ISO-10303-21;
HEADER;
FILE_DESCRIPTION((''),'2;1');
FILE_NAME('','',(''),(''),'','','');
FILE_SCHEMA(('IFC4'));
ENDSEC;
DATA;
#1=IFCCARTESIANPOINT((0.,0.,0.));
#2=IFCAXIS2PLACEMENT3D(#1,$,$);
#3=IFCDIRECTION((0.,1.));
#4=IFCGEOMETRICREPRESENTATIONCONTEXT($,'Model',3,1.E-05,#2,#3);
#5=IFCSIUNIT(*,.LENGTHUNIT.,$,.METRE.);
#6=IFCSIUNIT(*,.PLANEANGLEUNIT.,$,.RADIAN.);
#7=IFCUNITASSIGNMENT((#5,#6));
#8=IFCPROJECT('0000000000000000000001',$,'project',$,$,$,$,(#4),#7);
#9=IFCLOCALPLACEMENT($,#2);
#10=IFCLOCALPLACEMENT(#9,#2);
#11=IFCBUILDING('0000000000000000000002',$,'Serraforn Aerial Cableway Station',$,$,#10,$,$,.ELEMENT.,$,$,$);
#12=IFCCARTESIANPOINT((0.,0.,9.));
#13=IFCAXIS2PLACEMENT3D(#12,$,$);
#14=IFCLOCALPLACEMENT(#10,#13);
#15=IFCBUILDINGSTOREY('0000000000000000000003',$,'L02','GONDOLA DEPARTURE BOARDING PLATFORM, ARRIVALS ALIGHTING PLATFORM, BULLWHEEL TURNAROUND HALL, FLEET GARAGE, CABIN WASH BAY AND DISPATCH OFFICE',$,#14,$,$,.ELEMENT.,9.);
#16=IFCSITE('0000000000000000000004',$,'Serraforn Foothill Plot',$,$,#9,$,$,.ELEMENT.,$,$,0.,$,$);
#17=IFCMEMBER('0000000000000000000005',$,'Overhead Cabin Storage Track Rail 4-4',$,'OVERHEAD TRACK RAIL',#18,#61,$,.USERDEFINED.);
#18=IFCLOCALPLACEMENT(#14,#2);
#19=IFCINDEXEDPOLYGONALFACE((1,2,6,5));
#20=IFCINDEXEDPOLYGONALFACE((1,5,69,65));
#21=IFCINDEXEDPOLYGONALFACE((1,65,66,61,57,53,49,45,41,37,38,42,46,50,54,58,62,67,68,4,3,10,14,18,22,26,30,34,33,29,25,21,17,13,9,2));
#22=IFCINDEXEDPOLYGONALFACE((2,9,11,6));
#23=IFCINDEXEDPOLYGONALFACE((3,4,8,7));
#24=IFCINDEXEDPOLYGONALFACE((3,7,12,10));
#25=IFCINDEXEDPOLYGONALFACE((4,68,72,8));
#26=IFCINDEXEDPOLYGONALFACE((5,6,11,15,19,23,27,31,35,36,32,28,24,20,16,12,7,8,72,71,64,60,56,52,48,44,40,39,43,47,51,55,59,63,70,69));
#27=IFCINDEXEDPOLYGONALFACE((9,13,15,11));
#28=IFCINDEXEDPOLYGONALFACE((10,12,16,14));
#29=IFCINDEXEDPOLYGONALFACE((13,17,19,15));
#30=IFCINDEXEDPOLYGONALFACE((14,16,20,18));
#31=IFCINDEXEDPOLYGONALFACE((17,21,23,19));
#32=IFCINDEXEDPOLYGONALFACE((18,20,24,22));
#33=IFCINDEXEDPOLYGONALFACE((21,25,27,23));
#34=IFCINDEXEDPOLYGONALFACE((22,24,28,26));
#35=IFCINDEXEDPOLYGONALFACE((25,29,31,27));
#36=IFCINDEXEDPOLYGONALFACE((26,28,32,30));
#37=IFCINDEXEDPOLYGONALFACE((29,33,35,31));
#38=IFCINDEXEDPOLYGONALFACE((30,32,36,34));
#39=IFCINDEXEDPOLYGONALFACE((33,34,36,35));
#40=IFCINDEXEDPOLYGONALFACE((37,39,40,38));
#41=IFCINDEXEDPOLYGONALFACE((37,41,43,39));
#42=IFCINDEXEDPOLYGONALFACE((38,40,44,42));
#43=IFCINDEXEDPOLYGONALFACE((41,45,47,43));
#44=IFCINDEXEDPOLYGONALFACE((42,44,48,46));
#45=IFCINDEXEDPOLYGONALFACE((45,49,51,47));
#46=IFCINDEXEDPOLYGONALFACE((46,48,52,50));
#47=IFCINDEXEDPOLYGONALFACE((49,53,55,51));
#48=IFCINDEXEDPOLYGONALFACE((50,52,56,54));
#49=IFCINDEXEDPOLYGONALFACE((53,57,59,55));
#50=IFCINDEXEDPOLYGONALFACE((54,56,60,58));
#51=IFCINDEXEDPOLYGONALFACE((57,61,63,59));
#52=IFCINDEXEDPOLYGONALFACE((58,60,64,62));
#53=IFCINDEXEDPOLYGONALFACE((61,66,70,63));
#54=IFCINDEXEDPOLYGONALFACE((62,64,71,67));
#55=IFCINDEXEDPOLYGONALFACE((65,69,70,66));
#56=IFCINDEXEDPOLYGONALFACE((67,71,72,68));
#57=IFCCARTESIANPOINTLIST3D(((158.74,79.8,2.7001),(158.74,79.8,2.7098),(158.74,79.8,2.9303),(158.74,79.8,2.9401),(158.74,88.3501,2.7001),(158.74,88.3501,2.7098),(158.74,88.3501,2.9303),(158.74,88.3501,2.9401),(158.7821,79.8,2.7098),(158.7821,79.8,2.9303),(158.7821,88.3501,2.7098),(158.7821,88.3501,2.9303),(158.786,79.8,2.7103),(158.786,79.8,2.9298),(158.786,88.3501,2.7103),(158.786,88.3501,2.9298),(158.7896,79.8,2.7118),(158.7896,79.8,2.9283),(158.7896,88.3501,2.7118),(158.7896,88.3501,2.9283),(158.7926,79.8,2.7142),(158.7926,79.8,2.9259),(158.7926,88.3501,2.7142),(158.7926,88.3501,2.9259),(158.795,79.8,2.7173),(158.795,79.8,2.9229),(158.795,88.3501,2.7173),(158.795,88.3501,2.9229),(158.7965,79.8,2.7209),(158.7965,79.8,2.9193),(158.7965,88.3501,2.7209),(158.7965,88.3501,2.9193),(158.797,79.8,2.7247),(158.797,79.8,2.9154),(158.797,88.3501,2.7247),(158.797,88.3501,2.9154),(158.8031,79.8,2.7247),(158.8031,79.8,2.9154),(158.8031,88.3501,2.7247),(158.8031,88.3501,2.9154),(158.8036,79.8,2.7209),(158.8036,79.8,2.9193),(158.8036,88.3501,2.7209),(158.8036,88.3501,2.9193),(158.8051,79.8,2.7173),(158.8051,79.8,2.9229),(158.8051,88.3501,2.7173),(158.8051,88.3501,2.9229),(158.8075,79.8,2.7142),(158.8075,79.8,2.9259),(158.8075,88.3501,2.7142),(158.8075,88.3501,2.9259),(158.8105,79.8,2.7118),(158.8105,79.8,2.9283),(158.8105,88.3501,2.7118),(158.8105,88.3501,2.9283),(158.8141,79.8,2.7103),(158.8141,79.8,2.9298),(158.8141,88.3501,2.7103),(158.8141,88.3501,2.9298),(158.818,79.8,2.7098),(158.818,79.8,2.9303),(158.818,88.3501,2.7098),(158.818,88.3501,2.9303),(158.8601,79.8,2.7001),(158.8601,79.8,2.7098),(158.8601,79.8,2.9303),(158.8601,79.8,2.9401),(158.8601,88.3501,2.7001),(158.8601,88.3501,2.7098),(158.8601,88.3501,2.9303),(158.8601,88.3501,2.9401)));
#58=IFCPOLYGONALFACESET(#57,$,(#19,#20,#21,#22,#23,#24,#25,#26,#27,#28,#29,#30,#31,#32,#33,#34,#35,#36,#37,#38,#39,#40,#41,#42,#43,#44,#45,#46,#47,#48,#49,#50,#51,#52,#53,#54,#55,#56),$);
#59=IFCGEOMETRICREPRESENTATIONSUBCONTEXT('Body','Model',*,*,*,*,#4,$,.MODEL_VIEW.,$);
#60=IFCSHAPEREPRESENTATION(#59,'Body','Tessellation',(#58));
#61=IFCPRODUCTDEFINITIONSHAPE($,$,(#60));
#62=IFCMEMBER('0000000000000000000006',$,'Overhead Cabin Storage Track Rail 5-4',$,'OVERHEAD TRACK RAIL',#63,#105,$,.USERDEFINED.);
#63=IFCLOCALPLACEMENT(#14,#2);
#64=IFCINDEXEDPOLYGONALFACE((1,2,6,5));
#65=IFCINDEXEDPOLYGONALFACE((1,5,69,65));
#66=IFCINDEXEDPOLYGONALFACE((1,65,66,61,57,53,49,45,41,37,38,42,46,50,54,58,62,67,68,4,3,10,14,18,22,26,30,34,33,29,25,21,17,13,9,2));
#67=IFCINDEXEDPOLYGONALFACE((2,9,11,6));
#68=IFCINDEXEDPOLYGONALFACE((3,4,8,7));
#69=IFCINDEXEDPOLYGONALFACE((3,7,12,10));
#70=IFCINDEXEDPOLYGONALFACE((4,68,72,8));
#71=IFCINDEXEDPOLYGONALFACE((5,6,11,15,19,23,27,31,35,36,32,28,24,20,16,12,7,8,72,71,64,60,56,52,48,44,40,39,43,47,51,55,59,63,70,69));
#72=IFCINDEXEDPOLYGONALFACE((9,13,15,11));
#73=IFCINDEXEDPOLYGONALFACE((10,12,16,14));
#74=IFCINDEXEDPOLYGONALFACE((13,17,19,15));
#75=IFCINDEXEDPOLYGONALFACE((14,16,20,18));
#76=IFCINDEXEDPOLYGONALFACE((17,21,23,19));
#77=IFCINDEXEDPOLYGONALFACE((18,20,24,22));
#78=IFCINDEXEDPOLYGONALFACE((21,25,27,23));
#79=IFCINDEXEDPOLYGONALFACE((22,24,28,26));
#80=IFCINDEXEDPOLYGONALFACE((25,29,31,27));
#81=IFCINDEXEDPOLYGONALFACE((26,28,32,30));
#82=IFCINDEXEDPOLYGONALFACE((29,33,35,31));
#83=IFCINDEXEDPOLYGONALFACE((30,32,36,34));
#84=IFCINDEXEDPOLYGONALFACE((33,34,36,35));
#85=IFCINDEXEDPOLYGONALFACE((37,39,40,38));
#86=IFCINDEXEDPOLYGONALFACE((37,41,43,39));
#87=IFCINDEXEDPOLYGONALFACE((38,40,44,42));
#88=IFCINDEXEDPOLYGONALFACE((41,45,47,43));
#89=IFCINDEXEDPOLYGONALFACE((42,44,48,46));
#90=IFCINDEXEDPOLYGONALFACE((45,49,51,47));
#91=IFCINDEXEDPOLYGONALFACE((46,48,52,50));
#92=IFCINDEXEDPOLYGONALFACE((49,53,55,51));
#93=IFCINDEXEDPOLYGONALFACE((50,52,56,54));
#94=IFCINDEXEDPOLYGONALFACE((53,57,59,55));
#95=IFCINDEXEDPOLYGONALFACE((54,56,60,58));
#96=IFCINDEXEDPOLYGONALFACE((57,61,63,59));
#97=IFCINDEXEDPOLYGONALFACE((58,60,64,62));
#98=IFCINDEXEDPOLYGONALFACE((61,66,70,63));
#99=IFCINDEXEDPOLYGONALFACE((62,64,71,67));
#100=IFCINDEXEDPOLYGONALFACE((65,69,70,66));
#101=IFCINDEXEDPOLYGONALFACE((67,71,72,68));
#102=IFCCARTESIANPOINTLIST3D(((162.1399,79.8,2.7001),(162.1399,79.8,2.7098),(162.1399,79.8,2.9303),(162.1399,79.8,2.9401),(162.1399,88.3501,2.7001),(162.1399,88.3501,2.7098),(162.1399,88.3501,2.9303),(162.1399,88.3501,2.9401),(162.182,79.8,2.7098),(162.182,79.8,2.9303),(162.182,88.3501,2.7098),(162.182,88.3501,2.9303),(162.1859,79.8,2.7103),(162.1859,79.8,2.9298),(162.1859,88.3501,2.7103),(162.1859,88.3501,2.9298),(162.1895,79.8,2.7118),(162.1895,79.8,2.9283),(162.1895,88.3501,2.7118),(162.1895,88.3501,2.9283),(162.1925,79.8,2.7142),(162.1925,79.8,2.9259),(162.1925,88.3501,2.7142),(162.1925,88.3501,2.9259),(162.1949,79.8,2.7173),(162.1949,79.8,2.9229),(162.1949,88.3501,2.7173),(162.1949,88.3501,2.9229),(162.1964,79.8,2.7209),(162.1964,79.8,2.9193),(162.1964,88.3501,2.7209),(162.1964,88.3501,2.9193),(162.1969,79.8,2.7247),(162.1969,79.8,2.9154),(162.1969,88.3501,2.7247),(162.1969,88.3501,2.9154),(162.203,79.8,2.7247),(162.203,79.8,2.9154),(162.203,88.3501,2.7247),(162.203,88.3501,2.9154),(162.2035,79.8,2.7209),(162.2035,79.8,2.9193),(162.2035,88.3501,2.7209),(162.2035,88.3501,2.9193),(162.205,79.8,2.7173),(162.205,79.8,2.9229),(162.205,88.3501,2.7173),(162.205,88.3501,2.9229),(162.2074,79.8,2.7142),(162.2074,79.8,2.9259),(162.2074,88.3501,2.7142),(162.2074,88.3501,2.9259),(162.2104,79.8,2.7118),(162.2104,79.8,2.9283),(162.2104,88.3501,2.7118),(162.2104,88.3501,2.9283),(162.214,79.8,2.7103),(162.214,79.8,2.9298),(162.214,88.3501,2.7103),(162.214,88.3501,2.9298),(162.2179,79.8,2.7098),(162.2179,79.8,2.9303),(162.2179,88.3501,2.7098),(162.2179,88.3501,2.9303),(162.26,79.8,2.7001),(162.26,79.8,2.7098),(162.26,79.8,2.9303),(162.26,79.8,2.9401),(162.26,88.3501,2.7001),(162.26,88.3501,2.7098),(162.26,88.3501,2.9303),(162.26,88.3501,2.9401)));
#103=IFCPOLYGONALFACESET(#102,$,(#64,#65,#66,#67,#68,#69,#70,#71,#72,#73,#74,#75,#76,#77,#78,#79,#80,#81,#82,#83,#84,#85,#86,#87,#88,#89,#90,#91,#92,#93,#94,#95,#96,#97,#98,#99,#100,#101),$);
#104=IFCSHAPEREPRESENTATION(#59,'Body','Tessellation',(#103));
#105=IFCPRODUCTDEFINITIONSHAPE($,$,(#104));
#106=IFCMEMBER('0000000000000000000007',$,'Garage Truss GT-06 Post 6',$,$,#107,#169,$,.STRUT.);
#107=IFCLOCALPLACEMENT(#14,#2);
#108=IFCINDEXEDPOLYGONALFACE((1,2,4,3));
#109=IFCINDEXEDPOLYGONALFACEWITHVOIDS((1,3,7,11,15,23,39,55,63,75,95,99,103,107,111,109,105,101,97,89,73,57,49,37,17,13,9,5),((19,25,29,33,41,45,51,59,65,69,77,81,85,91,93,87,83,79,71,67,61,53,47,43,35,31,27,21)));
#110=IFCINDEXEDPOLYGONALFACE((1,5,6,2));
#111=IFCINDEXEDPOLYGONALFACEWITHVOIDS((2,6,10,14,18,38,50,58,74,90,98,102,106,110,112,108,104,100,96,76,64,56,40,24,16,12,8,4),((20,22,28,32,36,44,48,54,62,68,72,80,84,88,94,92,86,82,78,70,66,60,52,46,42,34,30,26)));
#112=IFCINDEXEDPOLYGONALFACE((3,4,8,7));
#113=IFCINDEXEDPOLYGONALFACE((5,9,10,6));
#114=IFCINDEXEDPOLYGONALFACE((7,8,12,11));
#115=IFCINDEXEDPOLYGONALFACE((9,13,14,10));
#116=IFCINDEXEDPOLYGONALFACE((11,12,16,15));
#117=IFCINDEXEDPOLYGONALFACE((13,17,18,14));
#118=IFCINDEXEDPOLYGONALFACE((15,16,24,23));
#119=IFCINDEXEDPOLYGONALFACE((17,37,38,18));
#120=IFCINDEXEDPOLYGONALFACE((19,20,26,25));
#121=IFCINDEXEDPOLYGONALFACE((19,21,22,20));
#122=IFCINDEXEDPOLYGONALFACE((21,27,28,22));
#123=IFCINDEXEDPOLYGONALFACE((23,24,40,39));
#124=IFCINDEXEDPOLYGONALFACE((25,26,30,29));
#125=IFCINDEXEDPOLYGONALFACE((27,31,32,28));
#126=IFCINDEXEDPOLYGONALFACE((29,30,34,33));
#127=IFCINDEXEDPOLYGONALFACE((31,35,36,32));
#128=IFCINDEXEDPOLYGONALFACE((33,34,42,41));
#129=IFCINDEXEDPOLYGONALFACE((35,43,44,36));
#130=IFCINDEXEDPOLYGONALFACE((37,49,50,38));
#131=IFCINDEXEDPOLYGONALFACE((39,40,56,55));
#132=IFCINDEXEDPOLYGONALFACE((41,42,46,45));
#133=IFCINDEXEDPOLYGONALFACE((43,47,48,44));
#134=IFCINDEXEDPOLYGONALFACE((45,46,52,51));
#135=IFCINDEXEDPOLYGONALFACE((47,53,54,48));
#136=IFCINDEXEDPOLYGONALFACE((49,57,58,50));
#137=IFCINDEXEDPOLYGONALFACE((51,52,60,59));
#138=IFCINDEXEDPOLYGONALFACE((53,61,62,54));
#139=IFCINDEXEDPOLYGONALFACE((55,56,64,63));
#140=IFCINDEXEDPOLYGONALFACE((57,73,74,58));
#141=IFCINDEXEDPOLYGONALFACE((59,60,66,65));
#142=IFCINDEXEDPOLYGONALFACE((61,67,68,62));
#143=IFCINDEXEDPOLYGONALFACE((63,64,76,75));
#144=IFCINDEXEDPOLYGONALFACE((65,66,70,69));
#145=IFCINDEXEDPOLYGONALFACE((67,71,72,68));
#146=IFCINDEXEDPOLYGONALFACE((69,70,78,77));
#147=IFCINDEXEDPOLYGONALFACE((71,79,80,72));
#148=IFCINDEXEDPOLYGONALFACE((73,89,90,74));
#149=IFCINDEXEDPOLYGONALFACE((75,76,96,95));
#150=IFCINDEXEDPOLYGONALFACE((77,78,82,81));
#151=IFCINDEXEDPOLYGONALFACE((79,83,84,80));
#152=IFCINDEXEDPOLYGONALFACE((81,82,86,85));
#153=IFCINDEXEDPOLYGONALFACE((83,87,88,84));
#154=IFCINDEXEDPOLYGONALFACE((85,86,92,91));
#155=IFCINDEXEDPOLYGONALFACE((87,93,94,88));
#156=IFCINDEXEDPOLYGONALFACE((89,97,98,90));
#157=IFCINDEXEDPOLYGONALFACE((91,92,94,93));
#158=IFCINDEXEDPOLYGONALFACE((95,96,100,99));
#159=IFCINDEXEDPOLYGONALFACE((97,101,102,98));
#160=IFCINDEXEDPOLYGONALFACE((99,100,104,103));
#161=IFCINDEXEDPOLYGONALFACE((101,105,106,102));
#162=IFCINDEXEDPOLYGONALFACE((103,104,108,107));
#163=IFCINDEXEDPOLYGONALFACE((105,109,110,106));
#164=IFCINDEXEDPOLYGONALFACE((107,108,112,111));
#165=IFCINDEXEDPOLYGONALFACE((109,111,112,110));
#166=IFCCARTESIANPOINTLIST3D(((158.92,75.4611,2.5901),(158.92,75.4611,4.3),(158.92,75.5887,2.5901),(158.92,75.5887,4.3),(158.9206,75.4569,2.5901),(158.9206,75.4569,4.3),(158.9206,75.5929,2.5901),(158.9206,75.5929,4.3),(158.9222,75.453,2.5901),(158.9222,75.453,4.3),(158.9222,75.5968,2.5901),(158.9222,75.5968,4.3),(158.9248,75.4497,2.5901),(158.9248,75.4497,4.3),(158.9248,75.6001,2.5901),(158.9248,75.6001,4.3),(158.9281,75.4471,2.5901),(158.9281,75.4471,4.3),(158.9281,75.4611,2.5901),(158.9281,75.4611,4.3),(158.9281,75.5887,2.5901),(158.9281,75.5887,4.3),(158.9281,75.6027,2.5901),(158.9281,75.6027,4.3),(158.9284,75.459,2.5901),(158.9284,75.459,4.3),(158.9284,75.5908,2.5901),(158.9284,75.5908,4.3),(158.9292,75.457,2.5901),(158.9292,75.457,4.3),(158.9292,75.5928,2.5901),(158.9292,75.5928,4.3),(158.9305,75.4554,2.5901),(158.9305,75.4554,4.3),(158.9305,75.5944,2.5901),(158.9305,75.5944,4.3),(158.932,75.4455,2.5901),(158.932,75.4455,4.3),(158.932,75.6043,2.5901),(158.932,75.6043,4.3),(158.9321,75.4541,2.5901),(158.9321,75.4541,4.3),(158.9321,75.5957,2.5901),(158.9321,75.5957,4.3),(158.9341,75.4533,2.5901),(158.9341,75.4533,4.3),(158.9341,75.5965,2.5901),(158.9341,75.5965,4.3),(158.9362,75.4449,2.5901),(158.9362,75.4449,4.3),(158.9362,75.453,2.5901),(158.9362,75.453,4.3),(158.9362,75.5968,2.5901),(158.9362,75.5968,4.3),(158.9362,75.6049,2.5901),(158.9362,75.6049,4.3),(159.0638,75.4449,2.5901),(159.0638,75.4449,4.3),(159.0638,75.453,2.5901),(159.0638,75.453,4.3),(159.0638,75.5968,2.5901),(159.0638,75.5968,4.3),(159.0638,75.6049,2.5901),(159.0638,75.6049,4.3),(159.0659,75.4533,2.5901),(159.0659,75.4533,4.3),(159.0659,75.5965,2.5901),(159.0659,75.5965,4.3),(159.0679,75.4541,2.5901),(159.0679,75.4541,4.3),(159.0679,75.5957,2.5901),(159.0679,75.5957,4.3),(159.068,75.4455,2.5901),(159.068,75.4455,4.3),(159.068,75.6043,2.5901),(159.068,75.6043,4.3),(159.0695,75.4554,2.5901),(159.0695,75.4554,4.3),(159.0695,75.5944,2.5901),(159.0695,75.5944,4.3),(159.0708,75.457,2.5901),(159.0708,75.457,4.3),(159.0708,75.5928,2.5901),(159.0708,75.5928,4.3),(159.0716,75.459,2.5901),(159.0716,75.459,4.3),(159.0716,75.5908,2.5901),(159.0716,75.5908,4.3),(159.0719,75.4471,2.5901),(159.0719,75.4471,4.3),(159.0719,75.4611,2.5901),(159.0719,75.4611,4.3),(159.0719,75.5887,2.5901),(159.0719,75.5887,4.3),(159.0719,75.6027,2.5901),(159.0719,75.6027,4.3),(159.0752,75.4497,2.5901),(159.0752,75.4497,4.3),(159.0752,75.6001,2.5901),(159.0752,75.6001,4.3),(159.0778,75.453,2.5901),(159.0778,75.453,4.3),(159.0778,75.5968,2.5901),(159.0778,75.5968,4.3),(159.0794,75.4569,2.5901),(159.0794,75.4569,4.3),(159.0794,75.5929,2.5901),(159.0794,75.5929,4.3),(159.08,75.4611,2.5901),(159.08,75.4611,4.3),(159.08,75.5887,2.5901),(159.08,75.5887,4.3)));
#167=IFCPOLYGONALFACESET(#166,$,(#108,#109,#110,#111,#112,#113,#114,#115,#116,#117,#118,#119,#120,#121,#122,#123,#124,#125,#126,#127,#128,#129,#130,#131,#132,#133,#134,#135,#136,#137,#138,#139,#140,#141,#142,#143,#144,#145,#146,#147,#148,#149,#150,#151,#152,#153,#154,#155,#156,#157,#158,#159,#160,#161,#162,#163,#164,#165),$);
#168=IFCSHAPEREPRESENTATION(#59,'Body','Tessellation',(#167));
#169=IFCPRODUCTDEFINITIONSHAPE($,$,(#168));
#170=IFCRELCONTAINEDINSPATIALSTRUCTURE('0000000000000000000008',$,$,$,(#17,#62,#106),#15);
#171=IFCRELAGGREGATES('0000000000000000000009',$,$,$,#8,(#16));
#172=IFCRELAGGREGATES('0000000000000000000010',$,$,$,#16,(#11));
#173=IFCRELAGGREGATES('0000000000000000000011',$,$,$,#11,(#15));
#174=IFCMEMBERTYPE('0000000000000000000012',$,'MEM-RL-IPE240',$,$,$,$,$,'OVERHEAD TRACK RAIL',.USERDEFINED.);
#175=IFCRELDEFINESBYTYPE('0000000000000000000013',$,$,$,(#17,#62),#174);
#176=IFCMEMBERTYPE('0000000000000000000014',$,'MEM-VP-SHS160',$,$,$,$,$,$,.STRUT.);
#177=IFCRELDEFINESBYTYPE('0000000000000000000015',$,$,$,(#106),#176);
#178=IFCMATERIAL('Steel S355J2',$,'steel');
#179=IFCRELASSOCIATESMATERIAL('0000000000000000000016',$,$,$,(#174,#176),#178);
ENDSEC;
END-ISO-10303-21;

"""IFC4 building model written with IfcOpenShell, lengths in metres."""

from ifc_helpers import new_model, si_unit, direction, frame, origin, origin_2d, place, context, subcontext, project, spatial, hollow_rectangle, i_section, extrude, material, material_profile, profile_set, type_object, element, save


model = new_model("IFC4")

# Units and contexts
model_context = context("Model", 3, precision=1e-05, world=origin(), true_north=direction((0.0, 1.0)))
body_context = subcontext(model_context, "Body", "Model", "MODEL_VIEW")
ifc_project = project(units=[si_unit("LENGTHUNIT", "METRE"), si_unit("PLANEANGLEUNIT", "RADIAN")], contexts=[model_context])

# Site, building, storey
site_placement = place(None, origin())
site = spatial("IfcSite", under=ifc_project, at=site_placement, Name="Serraforn Foothill Plot", CompositionType="ELEMENT", RefElevation=0.0)
building_placement = place(site_placement, origin())
building = spatial("IfcBuilding", under=site, at=building_placement, Name="Serraforn Aerial Cableway Station", CompositionType="ELEMENT")
storey_placement = place(building_placement, frame((0.0, 0.0, 9.0)))
storey = spatial("IfcBuildingStorey", under=building, at=storey_placement, Name="L02", Description="GONDOLA DEPARTURE BOARDING PLATFORM, ARRIVALS ALIGHTING PLATFORM, BULLWHEEL TURNAROUND HALL, FLEET GARAGE, CABIN WASH BAY AND DISPATCH OFFICE", CompositionType="ELEMENT", Elevation=9.0)

# Members
ifc_material_1 = material(Name="Steel S355J2", Category="steel")
ifc_material_profile_1 = material_profile(ifc_material_1, i_section(OverallWidth=0.1201, OverallDepth=0.24, WebThickness=0.0061, FlangeThickness=0.0098, FilletRadius=0.0149, at=origin_2d()), Name="IPE 240")
ifc_profile_set_1 = profile_set([ifc_material_profile_1], Name="Steel S355J2")
member_type_1 = type_object("IfcMemberType", Name="MEM-RL-IPE240", ElementType="OVERHEAD TRACK RAIL", PredefinedType="USERDEFINED", material=ifc_profile_set_1)
for number, where, z_axis, x_axis, name in (
    (1, (158.8, 79.8, 2.8201), (0.0, 1.0, 0.0), (-1.0, 0.0, 0.0), "Overhead Cabin Storage Track Rail 4-4"),
    (2, (162.2, 79.8, 2.8201), (0.0, 1.0, 0.0), (-1.0, 0.0, 0.0), "Overhead Cabin Storage Track Rail 5-4"),
):
    element("IfcMember", number, at=place(storey_placement, frame(where, z_axis=z_axis, x_axis=x_axis)), inside=storey, type_object=member_type_1, Name=name, ObjectType="OVERHEAD TRACK RAIL", PredefinedType="USERDEFINED", context=body_context, shape_type="SweptSolid", body=[
        extrude(i_section(OverallWidth=0.1201, OverallDepth=0.24, WebThickness=0.0061, FlangeThickness=0.0098, FilletRadius=0.0149, at=origin_2d()), origin(), (0.0, 0.0, 1.0), 8.55),
    ])
ifc_material_profile_2 = material_profile(ifc_material_1, hollow_rectangle(XDim=0.1599, YDim=0.1599, WallThickness=0.0081, InnerFilletRadius=0.0081, OuterFilletRadius=0.0161, at=origin_2d()), Name="SHS 160x160x8.0")
ifc_profile_set_2 = profile_set([ifc_material_profile_2], Name="Steel S355J2")
member_type_2 = type_object("IfcMemberType", Name="MEM-VP-SHS160", PredefinedType="STRUT", material=ifc_profile_set_2)
for number, where, z_axis, x_axis, name in (
    (3, (159.0, 75.5249, 2.5901), (0.0, 0.0, 1.0), (1.0, 0.0, 0.0), "Garage Truss GT-06 Post 6"),
):
    element("IfcMember", number, at=place(storey_placement, frame(where, z_axis=z_axis, x_axis=x_axis)), inside=storey, type_object=member_type_2, Name=name, PredefinedType="STRUT", context=body_context, shape_type="SweptSolid", body=[
        extrude(hollow_rectangle(XDim=0.1599, YDim=0.1599, WallThickness=0.0081, InnerFilletRadius=0.0081, OuterFilletRadius=0.0161, at=origin_2d()), origin(), (0.0, 0.0, 1.0), 1.71),
    ])

save(model, "model.ifc")
